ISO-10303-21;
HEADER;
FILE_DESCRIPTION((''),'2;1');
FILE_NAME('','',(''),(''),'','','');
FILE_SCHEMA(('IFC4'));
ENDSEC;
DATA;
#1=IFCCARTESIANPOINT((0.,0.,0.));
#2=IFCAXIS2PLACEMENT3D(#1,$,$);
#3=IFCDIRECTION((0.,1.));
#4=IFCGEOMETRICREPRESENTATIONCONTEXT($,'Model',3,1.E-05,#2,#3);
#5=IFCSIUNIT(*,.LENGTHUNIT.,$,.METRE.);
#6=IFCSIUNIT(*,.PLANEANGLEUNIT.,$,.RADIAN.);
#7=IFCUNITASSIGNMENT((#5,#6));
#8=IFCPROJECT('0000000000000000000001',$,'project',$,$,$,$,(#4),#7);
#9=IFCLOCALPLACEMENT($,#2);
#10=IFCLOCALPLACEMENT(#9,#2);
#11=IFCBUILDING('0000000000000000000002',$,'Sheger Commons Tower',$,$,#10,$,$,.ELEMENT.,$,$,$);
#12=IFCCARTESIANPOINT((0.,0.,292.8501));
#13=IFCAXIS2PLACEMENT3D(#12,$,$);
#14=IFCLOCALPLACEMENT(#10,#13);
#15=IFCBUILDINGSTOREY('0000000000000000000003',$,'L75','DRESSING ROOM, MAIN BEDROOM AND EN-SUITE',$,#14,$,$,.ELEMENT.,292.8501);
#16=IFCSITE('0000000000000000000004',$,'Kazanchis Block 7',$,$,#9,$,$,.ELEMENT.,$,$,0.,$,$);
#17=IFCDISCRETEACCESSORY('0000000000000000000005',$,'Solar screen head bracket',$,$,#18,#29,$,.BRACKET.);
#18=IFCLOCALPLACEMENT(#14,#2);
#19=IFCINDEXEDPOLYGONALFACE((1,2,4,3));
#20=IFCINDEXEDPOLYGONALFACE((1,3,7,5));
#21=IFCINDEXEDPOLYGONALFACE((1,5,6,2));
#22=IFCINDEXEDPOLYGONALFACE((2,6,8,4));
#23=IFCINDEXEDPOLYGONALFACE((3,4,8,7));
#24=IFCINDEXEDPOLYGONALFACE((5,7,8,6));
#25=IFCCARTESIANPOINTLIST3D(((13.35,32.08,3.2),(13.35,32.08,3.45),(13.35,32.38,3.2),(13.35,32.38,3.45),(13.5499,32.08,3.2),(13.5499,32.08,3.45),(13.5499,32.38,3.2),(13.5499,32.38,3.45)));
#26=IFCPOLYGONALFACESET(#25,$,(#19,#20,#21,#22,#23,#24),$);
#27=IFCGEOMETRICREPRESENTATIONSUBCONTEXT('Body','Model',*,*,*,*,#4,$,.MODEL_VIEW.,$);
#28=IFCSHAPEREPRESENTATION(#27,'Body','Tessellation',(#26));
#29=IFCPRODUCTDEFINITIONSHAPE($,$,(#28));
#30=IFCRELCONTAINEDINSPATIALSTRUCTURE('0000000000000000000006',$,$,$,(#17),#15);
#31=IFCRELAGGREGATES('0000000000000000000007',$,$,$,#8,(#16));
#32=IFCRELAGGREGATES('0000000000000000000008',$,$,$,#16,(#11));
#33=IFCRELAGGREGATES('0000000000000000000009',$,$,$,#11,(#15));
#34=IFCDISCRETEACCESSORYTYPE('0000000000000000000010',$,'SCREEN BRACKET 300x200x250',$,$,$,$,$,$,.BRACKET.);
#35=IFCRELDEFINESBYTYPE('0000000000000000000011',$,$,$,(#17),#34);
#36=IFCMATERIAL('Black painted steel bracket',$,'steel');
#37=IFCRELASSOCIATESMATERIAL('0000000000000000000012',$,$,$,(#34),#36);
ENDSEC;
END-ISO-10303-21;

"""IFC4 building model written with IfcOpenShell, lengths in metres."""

from ifc_helpers import new_model, si_unit, direction, frame, origin, origin_2d, place, context, subcontext, project, spatial, rectangle, extrude, material, type_object, element, save


model = new_model("IFC4")

# Units and contexts
model_context = context("Model", 3, precision=1e-05, world=origin(), true_north=direction((0.0, 1.0)))
body_context = subcontext(model_context, "Body", "Model", "MODEL_VIEW")
ifc_project = project(units=[si_unit("LENGTHUNIT", "METRE"), si_unit("PLANEANGLEUNIT", "RADIAN")], contexts=[model_context])

# Site, building, storey
site_placement = place(None, origin())
site = spatial("IfcSite", under=ifc_project, at=site_placement, Name="Kazanchis Block 7", CompositionType="ELEMENT", RefElevation=0.0)
building_placement = place(site_placement, origin())
building = spatial("IfcBuilding", under=site, at=building_placement, Name="Sheger Commons Tower", CompositionType="ELEMENT")
storey_placement = place(building_placement, frame((0.0, 0.0, 292.8501)))
storey = spatial("IfcBuildingStorey", under=building, at=storey_placement, Name="L75", Description="DRESSING ROOM, MAIN BEDROOM AND EN-SUITE", CompositionType="ELEMENT", Elevation=292.8501)

# Discrete accessory
ifc_material_1 = material(Name="Black painted steel bracket", Category="steel")
discrete_accessory_type = type_object("IfcDiscreteAccessoryType", Name="SCREEN BRACKET 300x200x250", PredefinedType="BRACKET", material=ifc_material_1)
for number, where, z_axis, x_axis, name in (
    (1, (13.45, 32.23, 3.2), (0.0, 0.0, 1.0), (0.0, -1.0, 0.0), "Solar screen head bracket"),
):
    element("IfcDiscreteAccessory", number, at=place(storey_placement, frame(where, z_axis=z_axis, x_axis=x_axis)), inside=storey, type_object=discrete_accessory_type, Name=name, PredefinedType="BRACKET", context=body_context, shape_type="SweptSolid", body=[
        extrude(rectangle(XDim=0.3, YDim=0.2, at=origin_2d()), origin(), (0.0, 0.0, 1.0), 0.25),
    ])

save(model, "model.ifc")
